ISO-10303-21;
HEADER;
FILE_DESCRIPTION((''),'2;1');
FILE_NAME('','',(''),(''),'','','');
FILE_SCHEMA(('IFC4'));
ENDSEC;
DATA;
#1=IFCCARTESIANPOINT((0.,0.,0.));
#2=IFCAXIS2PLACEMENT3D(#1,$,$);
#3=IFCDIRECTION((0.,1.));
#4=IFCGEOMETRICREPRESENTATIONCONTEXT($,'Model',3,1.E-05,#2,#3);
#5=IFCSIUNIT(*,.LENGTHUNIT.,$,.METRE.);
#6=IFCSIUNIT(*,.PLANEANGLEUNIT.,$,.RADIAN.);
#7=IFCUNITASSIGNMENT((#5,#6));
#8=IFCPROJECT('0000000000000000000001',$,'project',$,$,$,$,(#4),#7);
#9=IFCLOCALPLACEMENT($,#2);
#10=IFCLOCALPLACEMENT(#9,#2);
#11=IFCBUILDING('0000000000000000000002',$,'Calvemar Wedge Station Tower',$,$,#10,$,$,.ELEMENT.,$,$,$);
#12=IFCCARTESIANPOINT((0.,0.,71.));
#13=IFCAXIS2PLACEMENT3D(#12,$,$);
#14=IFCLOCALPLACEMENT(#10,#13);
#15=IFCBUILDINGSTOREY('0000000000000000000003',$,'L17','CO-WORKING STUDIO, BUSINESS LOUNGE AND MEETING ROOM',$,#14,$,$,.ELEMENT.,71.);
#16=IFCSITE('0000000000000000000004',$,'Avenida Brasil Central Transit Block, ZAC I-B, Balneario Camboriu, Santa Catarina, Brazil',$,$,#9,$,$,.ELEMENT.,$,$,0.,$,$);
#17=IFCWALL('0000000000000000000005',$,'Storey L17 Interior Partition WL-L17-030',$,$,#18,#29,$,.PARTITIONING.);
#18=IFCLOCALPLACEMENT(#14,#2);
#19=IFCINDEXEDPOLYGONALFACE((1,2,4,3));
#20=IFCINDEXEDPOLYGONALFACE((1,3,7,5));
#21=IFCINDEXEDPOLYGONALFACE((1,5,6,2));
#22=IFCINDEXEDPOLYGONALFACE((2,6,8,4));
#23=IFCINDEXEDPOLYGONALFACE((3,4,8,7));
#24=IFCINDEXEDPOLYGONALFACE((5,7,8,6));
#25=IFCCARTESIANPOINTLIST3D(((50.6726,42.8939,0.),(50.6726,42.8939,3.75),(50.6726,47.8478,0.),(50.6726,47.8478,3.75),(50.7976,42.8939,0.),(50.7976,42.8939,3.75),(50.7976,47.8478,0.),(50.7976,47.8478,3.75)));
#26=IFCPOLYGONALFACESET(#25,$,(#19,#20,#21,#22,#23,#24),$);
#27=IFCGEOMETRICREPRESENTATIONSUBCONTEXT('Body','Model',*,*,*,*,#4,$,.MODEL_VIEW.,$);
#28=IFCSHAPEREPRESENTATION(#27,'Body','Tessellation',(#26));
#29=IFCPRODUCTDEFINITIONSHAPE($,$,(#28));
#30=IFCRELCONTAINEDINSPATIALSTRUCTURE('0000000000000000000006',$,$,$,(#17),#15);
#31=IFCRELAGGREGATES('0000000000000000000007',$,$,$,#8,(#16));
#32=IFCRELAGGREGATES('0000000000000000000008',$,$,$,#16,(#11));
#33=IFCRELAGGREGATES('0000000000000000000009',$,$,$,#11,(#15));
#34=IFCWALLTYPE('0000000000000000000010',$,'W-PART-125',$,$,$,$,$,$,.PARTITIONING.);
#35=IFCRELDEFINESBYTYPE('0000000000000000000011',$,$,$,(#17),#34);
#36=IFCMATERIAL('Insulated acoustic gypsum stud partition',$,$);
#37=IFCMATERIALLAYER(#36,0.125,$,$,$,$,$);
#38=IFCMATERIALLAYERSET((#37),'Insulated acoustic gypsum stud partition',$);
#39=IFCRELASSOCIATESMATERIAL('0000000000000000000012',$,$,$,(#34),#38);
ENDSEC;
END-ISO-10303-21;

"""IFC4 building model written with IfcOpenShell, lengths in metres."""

from ifc_helpers import new_model, si_unit, direction, frame, frame_2d, origin, place, context, subcontext, project, spatial, rectangle, extrude, material, layer, layer_set, type_object, element, save


model = new_model("IFC4")

# Units and contexts
model_context = context("Model", 3, precision=1e-05, world=origin(), true_north=direction((0.0, 1.0)))
body_context = subcontext(model_context, "Body", "Model", "MODEL_VIEW")
ifc_project = project(units=[si_unit("LENGTHUNIT", "METRE"), si_unit("PLANEANGLEUNIT", "RADIAN")], contexts=[model_context])

# Site, building, storey
site_placement = place(None, origin())
site = spatial("IfcSite", under=ifc_project, at=site_placement, Name="Avenida Brasil Central Transit Block, ZAC I-B, Balneario Camboriu, Santa Catarina, Brazil", CompositionType="ELEMENT", RefElevation=0.0)
building_placement = place(site_placement, origin())
building = spatial("IfcBuilding", under=site, at=building_placement, Name="Calvemar Wedge Station Tower", CompositionType="ELEMENT")
storey_placement = place(building_placement, frame((0.0, 0.0, 71.0)))
storey = spatial("IfcBuildingStorey", under=building, at=storey_placement, Name="L17", Description="CO-WORKING STUDIO, BUSINESS LOUNGE AND MEETING ROOM", CompositionType="ELEMENT", Elevation=71.0)

# Wall
ifc_material_1 = material(Name="Insulated acoustic gypsum stud partition")
ifc_layer_1 = layer(ifc_material_1, 0.125)
ifc_layer_set_1 = layer_set([ifc_layer_1], Name="Insulated acoustic gypsum stud partition")
wall_type_1 = type_object("IfcWallType", Name="W-PART-125", PredefinedType="PARTITIONING", material=ifc_layer_set_1)
wall_1_placement = place(storey_placement, frame((50.7351, 47.8479, 0.0), z_axis=(0.0, 0.0, 1.0), x_axis=(0.0, -1.0, 0.0)))
element("IfcWall", 1, at=wall_1_placement, inside=storey, type_object=wall_type_1, Name="Storey L17 Interior Partition WL-L17-030", PredefinedType="PARTITIONING", context=body_context, shape_type="SweptSolid", body=[
    extrude(rectangle(XDim=4.9539, YDim=0.125, at=frame_2d((2.4771, 0.0))), origin(), (0.0, 0.0, 1.0), 3.75),
])

save(model, "model.ifc")
